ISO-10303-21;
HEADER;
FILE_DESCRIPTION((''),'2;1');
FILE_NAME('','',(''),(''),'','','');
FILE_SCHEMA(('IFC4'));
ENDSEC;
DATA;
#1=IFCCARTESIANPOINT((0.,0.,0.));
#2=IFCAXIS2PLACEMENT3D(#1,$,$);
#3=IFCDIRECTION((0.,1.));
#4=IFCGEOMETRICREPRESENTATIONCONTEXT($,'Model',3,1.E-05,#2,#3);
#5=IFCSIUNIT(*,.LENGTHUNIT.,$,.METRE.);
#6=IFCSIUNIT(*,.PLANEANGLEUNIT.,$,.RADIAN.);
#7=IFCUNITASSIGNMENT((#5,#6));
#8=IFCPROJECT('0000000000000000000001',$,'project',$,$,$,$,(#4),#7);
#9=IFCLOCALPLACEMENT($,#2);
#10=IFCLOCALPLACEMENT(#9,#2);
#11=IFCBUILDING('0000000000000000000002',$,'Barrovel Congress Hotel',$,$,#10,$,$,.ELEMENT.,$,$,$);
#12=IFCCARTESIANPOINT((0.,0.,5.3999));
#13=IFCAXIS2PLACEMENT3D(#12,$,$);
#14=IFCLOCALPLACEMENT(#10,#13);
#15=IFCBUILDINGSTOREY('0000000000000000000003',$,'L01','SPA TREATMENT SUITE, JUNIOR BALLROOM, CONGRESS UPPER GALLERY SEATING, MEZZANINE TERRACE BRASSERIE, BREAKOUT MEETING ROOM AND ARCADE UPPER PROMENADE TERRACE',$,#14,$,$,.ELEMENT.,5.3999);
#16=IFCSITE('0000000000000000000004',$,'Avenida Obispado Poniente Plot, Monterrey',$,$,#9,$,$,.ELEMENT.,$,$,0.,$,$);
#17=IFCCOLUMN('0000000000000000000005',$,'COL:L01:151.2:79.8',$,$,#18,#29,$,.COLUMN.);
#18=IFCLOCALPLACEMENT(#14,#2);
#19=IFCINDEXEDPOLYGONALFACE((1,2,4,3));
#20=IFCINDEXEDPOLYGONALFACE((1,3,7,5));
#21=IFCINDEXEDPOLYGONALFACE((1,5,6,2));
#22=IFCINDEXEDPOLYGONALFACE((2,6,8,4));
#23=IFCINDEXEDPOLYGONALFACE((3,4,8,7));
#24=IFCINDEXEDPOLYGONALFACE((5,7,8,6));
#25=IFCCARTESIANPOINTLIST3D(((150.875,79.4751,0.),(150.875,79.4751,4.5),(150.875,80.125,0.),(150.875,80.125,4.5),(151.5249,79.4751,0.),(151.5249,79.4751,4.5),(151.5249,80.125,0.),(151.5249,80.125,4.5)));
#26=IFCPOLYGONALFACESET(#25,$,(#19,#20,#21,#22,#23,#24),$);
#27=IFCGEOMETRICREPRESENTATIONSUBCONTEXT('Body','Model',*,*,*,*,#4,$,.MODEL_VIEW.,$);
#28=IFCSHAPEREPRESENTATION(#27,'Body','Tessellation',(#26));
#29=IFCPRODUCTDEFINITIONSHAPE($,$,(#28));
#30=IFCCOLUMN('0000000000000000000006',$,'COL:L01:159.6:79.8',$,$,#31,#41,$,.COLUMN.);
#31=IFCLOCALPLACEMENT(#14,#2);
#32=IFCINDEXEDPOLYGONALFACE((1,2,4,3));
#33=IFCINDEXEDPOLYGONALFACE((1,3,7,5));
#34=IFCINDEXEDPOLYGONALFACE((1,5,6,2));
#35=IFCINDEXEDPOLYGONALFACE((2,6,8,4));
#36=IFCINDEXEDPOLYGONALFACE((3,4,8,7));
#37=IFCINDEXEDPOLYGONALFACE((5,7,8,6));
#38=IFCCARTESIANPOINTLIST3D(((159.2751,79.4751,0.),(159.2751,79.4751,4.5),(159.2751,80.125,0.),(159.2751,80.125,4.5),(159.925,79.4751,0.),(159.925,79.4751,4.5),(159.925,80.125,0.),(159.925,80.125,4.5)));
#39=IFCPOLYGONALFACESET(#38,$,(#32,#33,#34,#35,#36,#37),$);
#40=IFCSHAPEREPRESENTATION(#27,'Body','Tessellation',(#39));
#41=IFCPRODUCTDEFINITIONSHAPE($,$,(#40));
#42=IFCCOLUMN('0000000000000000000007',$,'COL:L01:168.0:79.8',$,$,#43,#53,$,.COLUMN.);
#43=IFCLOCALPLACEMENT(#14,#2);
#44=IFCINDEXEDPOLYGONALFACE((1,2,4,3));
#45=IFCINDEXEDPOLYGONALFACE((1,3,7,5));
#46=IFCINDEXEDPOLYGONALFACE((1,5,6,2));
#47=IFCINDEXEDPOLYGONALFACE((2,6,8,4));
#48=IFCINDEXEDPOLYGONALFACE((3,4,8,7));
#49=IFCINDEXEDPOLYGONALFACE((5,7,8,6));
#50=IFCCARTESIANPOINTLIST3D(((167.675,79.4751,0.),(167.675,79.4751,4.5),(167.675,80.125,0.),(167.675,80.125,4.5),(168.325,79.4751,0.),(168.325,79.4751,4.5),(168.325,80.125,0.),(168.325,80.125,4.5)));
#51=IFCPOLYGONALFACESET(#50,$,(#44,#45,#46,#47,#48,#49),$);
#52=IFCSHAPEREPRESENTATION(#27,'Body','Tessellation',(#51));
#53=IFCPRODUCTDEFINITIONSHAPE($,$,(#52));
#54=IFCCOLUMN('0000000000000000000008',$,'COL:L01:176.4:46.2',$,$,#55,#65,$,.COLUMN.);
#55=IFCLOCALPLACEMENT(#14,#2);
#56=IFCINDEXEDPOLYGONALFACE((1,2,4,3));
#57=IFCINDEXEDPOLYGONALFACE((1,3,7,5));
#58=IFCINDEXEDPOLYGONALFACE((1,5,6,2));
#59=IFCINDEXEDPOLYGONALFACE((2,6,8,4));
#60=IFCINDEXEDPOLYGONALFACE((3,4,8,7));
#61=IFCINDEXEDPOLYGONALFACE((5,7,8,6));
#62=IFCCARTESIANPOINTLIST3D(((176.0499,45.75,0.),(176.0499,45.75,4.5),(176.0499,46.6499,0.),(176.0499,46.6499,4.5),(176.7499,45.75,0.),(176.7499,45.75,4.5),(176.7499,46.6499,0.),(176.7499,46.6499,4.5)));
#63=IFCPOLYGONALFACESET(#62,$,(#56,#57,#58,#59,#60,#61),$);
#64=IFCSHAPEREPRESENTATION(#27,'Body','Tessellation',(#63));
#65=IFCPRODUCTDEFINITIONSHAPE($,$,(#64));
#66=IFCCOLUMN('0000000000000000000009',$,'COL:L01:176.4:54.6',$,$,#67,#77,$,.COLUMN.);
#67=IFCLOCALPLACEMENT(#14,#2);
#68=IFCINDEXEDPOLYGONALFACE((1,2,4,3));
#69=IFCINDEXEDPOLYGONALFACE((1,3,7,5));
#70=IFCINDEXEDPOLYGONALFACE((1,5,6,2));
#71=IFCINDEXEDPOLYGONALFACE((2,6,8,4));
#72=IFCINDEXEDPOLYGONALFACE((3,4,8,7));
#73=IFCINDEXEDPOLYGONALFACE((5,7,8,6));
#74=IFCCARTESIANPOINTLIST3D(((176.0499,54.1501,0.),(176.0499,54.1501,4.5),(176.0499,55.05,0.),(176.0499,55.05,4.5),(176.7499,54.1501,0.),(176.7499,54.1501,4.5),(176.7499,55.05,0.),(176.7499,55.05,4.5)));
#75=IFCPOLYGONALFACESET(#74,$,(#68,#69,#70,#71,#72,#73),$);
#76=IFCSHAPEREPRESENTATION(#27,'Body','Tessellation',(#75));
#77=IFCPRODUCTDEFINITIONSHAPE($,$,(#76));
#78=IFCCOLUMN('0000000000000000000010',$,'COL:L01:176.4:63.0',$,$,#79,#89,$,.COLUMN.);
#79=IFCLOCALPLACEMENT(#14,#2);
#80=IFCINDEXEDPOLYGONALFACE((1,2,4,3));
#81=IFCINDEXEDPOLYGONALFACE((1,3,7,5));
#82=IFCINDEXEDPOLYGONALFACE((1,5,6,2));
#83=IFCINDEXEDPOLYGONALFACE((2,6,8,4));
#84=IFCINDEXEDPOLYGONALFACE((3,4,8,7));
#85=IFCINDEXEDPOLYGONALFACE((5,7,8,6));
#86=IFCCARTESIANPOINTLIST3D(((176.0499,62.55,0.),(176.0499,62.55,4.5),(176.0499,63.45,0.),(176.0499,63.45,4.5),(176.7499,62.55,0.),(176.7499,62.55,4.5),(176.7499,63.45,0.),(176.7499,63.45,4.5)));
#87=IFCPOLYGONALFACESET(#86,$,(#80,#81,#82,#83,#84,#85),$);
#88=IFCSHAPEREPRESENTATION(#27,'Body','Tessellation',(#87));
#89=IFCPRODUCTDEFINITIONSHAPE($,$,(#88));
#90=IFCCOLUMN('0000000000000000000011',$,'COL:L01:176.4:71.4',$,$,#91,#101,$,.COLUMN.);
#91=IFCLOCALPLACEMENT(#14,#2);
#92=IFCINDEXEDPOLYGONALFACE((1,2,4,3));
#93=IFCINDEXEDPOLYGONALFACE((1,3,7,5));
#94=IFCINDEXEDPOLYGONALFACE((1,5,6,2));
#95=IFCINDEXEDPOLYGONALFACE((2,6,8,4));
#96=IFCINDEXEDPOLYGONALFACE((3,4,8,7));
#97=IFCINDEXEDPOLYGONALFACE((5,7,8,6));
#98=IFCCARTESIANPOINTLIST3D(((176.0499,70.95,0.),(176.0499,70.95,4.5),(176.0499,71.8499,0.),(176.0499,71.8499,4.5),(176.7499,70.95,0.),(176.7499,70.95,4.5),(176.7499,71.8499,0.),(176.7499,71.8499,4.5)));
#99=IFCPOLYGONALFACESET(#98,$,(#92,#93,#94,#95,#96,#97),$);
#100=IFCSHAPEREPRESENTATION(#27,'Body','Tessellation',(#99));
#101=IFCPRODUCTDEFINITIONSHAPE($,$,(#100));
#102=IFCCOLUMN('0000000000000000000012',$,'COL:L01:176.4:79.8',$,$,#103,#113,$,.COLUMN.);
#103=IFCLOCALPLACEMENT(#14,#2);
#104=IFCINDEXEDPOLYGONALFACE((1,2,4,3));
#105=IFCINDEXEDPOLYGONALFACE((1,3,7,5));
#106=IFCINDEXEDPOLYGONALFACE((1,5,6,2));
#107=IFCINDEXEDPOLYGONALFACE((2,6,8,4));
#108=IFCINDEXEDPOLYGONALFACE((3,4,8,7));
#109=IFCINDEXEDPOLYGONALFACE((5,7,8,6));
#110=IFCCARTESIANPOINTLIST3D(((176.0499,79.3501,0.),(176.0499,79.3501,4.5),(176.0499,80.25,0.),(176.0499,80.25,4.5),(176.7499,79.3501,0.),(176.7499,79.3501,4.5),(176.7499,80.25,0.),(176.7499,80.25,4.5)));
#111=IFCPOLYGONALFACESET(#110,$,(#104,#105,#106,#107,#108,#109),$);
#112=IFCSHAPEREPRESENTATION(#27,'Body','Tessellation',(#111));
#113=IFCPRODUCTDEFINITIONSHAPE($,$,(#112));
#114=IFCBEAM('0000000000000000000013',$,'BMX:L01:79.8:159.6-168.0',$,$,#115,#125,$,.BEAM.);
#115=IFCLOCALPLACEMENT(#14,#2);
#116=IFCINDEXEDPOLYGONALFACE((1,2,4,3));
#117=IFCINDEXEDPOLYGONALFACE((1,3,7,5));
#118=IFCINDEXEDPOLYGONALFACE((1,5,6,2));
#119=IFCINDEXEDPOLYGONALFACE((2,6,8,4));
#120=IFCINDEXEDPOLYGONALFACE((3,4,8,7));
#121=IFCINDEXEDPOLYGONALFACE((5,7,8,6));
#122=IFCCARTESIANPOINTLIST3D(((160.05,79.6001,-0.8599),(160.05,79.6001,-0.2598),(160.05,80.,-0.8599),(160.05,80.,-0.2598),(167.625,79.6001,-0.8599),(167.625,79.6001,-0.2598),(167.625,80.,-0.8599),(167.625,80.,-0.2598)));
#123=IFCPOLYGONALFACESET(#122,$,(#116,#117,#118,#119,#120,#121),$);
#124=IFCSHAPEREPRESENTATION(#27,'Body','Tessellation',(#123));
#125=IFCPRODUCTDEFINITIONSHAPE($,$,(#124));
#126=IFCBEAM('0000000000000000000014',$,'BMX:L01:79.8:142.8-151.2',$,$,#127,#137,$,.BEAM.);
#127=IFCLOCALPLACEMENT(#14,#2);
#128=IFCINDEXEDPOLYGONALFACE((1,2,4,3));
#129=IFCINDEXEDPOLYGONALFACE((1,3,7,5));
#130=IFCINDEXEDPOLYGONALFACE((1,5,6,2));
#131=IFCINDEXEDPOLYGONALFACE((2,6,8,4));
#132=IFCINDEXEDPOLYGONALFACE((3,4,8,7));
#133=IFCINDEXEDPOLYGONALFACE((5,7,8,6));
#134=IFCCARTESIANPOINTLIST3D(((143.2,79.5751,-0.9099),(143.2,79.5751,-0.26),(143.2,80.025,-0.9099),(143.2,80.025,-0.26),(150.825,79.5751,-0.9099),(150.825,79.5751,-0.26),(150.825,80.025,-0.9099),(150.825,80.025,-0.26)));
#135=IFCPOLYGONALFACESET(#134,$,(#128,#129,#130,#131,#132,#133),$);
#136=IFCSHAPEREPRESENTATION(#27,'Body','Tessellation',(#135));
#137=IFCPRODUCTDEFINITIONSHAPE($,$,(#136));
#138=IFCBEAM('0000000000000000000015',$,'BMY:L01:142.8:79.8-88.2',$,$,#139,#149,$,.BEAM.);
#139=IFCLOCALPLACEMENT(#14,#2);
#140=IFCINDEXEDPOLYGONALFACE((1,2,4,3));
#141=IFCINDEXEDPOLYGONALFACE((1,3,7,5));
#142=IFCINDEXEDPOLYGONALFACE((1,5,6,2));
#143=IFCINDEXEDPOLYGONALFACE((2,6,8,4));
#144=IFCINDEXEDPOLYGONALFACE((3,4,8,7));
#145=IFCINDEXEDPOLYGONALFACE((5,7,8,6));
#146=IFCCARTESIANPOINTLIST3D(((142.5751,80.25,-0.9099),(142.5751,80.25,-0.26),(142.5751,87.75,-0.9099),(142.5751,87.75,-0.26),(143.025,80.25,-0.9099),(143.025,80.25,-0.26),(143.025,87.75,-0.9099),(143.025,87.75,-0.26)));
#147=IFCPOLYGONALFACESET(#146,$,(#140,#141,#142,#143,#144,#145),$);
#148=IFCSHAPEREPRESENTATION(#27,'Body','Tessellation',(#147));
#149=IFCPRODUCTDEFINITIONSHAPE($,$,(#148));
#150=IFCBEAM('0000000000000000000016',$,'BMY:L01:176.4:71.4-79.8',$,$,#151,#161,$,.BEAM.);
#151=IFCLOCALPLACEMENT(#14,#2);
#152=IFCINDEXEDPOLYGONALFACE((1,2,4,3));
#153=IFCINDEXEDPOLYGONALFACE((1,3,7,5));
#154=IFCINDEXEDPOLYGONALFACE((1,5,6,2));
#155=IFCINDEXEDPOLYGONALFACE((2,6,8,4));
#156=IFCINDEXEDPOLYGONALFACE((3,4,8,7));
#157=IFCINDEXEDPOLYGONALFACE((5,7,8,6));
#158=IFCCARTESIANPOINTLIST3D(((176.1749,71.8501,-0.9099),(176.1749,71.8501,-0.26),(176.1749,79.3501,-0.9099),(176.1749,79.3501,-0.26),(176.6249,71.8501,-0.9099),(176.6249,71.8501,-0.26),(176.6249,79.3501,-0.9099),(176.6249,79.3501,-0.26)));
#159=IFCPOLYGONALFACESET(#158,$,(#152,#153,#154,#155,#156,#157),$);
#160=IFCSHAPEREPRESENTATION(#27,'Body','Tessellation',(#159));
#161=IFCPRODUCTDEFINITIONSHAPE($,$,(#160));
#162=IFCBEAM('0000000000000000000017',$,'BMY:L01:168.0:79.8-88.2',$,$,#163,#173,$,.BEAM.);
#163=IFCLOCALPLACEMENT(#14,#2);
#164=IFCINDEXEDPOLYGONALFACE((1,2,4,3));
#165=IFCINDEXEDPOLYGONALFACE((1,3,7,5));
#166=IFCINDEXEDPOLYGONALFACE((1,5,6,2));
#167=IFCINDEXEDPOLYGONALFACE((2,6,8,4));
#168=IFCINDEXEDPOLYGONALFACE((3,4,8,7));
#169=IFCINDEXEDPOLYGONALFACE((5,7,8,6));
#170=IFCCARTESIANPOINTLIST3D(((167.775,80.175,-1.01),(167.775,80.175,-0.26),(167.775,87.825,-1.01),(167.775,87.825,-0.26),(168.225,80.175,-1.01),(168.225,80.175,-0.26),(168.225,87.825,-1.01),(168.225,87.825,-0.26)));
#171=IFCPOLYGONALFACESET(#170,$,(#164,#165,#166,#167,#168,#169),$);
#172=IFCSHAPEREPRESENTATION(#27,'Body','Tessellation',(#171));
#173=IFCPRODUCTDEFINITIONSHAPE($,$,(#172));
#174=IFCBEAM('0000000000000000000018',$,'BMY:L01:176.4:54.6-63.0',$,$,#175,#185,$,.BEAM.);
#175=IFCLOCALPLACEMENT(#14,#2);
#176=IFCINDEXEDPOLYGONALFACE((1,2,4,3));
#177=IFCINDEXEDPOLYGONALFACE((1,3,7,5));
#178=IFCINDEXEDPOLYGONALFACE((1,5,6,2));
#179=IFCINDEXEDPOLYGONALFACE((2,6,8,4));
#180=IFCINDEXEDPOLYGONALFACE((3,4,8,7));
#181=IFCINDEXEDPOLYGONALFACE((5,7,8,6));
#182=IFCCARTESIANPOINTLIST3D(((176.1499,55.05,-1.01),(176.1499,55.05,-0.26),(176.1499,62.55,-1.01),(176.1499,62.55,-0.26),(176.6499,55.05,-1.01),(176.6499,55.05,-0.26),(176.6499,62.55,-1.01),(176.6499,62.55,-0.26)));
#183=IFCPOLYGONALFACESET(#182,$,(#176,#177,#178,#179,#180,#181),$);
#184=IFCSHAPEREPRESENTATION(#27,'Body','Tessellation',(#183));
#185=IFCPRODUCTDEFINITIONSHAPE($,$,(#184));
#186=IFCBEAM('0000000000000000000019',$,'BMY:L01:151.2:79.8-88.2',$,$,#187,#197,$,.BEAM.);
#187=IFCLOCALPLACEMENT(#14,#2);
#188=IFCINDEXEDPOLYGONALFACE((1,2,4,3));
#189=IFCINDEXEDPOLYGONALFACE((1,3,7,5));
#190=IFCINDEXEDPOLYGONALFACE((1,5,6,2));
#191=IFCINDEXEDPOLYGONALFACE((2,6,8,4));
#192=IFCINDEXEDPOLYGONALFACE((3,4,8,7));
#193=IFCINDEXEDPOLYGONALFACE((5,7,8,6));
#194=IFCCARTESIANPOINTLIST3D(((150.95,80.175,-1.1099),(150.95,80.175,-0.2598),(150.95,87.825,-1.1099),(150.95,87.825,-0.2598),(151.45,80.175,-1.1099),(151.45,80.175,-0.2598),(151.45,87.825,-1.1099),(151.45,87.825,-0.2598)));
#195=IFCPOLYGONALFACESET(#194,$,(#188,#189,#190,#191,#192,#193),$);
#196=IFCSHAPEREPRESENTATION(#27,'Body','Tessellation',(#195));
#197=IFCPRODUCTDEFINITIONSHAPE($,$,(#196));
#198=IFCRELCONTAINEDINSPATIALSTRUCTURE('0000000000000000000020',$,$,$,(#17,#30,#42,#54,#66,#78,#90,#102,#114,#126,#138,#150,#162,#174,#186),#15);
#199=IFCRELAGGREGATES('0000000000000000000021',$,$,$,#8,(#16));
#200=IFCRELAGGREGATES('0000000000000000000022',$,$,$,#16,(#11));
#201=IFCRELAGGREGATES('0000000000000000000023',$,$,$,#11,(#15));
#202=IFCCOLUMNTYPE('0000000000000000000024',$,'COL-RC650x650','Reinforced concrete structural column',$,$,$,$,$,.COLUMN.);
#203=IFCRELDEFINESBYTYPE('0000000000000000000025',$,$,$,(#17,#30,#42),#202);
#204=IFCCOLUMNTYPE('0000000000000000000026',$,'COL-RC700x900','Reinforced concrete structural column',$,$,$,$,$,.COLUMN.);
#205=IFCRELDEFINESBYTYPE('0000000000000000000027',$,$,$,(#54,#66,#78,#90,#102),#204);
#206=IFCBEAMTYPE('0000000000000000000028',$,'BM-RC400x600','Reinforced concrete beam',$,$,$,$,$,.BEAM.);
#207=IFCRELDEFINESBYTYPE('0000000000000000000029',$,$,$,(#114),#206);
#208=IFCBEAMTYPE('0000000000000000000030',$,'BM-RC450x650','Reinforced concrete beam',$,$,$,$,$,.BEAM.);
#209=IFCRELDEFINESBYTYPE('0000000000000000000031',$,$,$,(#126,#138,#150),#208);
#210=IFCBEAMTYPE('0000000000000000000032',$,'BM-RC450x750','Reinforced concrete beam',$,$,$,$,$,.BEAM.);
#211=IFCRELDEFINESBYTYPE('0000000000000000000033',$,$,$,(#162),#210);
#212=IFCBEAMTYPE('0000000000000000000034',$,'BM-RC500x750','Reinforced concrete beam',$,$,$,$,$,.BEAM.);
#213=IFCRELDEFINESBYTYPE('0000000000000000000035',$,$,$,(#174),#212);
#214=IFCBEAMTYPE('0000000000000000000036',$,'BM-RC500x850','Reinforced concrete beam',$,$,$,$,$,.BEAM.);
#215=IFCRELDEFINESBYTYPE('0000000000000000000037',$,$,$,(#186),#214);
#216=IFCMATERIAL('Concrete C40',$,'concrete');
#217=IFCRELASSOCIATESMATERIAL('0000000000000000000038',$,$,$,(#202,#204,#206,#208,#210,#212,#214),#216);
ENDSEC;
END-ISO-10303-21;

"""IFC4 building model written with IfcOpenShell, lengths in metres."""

from ifc_helpers import new_model, si_unit, direction, frame, origin, origin_2d, place, context, subcontext, project, spatial, rectangle, extrude, material, material_profile, profile_set, type_object, element, save


model = new_model("IFC4")

# Units and contexts
model_context = context("Model", 3, precision=1e-05, world=origin(), true_north=direction((0.0, 1.0)))
body_context = subcontext(model_context, "Body", "Model", "MODEL_VIEW")
ifc_project = project(units=[si_unit("LENGTHUNIT", "METRE"), si_unit("PLANEANGLEUNIT", "RADIAN")], contexts=[model_context])

# Site, building, storey
site_placement = place(None, origin())
site = spatial("IfcSite", under=ifc_project, at=site_placement, Name="Avenida Obispado Poniente Plot, Monterrey", CompositionType="ELEMENT", RefElevation=0.0)
building_placement = place(site_placement, origin())
building = spatial("IfcBuilding", under=site, at=building_placement, Name="Barrovel Congress Hotel", CompositionType="ELEMENT")
storey_placement = place(building_placement, frame((0.0, 0.0, 5.3999)))
storey = spatial("IfcBuildingStorey", under=building, at=storey_placement, Name="L01", Description="SPA TREATMENT SUITE, JUNIOR BALLROOM, CONGRESS UPPER GALLERY SEATING, MEZZANINE TERRACE BRASSERIE, BREAKOUT MEETING ROOM AND ARCADE UPPER PROMENADE TERRACE", CompositionType="ELEMENT", Elevation=5.3999)

# Columns
ifc_material_1 = material(Name="Concrete C40", Category="concrete")
ifc_material_profile_1 = material_profile(ifc_material_1, rectangle(XDim=0.6499, YDim=0.6499, at=origin_2d()), Name="RC650x650")
ifc_profile_set_1 = profile_set([ifc_material_profile_1], Name="Concrete C40")
column_type_1 = type_object("IfcColumnType", Name="COL-RC650x650", Description="Reinforced concrete structural column", PredefinedType="COLUMN", material=ifc_profile_set_1)
for number, where, z_axis, x_axis, name in (
    (1, (151.2, 79.8, 0.0), (0.0, 0.0, 1.0), (1.0, 0.0, 0.0), "COL:L01:151.2:79.8"),
    (2, (159.6001, 79.8, 0.0), (0.0, 0.0, 1.0), (1.0, 0.0, 0.0), "COL:L01:159.6:79.8"),
    (3, (168.0, 79.8, 0.0), (0.0, 0.0, 1.0), (1.0, 0.0, 0.0), "COL:L01:168.0:79.8"),
):
    element("IfcColumn", number, at=place(storey_placement, frame(where, z_axis=z_axis, x_axis=x_axis)), inside=storey, type_object=column_type_1, Name=name, PredefinedType="COLUMN", context=body_context, shape_type="SweptSolid", body=[
        extrude(rectangle(XDim=0.6499, YDim=0.6499, at=origin_2d()), origin(), (0.0, 0.0, 1.0), 4.5),
    ])
ifc_material_profile_2 = material_profile(ifc_material_1, rectangle(XDim=0.7, YDim=0.8999, at=origin_2d()), Name="RC700x900")
ifc_profile_set_2 = profile_set([ifc_material_profile_2], Name="Concrete C40")
column_type_2 = type_object("IfcColumnType", Name="COL-RC700x900", Description="Reinforced concrete structural column", PredefinedType="COLUMN", material=ifc_profile_set_2)
for number, where, z_axis, x_axis, name in (
    (4, (176.3999, 46.2, 0.0), (0.0, 0.0, 1.0), (1.0, 0.0, 0.0), "COL:L01:176.4:46.2"),
    (5, (176.3999, 54.6001, 0.0), (0.0, 0.0, 1.0), (1.0, 0.0, 0.0), "COL:L01:176.4:54.6"),
    (6, (176.3999, 63.0, 0.0), (0.0, 0.0, 1.0), (1.0, 0.0, 0.0), "COL:L01:176.4:63.0"),
    (7, (176.3999, 71.3999, 0.0), (0.0, 0.0, 1.0), (1.0, 0.0, 0.0), "COL:L01:176.4:71.4"),
    (8, (176.3999, 79.8, 0.0), (0.0, 0.0, 1.0), (1.0, 0.0, 0.0), "COL:L01:176.4:79.8"),
):
    element("IfcColumn", number, at=place(storey_placement, frame(where, z_axis=z_axis, x_axis=x_axis)), inside=storey, type_object=column_type_2, Name=name, PredefinedType="COLUMN", context=body_context, shape_type="SweptSolid", body=[
        extrude(rectangle(XDim=0.7, YDim=0.8999, at=origin_2d()), origin(), (0.0, 0.0, 1.0), 4.5),
    ])

# Beams
ifc_material_profile_3 = material_profile(ifc_material_1, rectangle(XDim=0.3999, YDim=0.6001, at=origin_2d()), Name="RC400x600")
ifc_profile_set_3 = profile_set([ifc_material_profile_3], Name="Concrete C40")
beam_type_1 = type_object("IfcBeamType", Name="BM-RC400x600", Description="Reinforced concrete beam", PredefinedType="BEAM", material=ifc_profile_set_3)
beam_1_placement = place(storey_placement, frame((160.05, 79.8, -0.5598), z_axis=(1.0, 0.0, 0.0), x_axis=(0.0, 1.0, 0.0)))
element("IfcBeam", 9, at=beam_1_placement, inside=storey, type_object=beam_type_1, Name="BMX:L01:79.8:159.6-168.0", PredefinedType="BEAM", context=body_context, shape_type="SweptSolid", body=[
    extrude(rectangle(XDim=0.3999, YDim=0.6001, at=origin_2d()), origin(), (0.0, 0.0, 1.0), 7.575),
])
ifc_material_profile_4 = material_profile(ifc_material_1, rectangle(XDim=0.45, YDim=0.6499, at=origin_2d()), Name="RC450x650")
ifc_profile_set_4 = profile_set([ifc_material_profile_4], Name="Concrete C40")
beam_type_2 = type_object("IfcBeamType", Name="BM-RC450x650", Description="Reinforced concrete beam", PredefinedType="BEAM", material=ifc_profile_set_4)
beam_2_placement = place(storey_placement, frame((143.2, 79.8, -0.585), z_axis=(1.0, 0.0, 0.0), x_axis=(0.0, 1.0, 0.0)))
element("IfcBeam", 10, at=beam_2_placement, inside=storey, type_object=beam_type_2, Name="BMX:L01:79.8:142.8-151.2", PredefinedType="BEAM", context=body_context, shape_type="SweptSolid", body=[
    extrude(rectangle(XDim=0.45, YDim=0.6499, at=origin_2d()), origin(), (0.0, 0.0, 1.0), 7.625),
])
for number, where, z_axis, x_axis, name in (
    (11, (142.8, 80.25, -0.585), (0.0, 1.0, 0.0), (-1.0, 0.0, 0.0), "BMY:L01:142.8:79.8-88.2"),
    (12, (176.3999, 71.8501, -0.585), (0.0, 1.0, 0.0), (-1.0, 0.0, 0.0), "BMY:L01:176.4:71.4-79.8"),
):
    element("IfcBeam", number, at=place(storey_placement, frame(where, z_axis=z_axis, x_axis=x_axis)), inside=storey, type_object=beam_type_2, Name=name, PredefinedType="BEAM", context=body_context, shape_type="SweptSolid", body=[
        extrude(rectangle(XDim=0.45, YDim=0.6499, at=origin_2d()), origin(), (0.0, 0.0, 1.0), 7.5),
    ])
ifc_material_profile_5 = material_profile(ifc_material_1, rectangle(XDim=0.45, YDim=0.75, at=origin_2d()), Name="RC450x750")
ifc_profile_set_5 = profile_set([ifc_material_profile_5], Name="Concrete C40")
beam_type_3 = type_object("IfcBeamType", Name="BM-RC450x750", Description="Reinforced concrete beam", PredefinedType="BEAM", material=ifc_profile_set_5)
beam_3_placement = place(storey_placement, frame((168.0, 80.175, -0.635), z_axis=(0.0, 1.0, 0.0), x_axis=(-1.0, 0.0, 0.0)))
element("IfcBeam", 13, at=beam_3_placement, inside=storey, type_object=beam_type_3, Name="BMY:L01:168.0:79.8-88.2", PredefinedType="BEAM", context=body_context, shape_type="SweptSolid", body=[
    extrude(rectangle(XDim=0.45, YDim=0.75, at=origin_2d()), origin(), (0.0, 0.0, 1.0), 7.6499),
])
ifc_material_profile_6 = material_profile(ifc_material_1, rectangle(XDim=0.5, YDim=0.75, at=origin_2d()), Name="RC500x750")
ifc_profile_set_6 = profile_set([ifc_material_profile_6], Name="Concrete C40")
beam_type_4 = type_object("IfcBeamType", Name="BM-RC500x750", Description="Reinforced concrete beam", PredefinedType="BEAM", material=ifc_profile_set_6)
beam_4_placement = place(storey_placement, frame((176.3999, 55.05, -0.635), z_axis=(0.0, 1.0, 0.0), x_axis=(-1.0, 0.0, 0.0)))
element("IfcBeam", 14, at=beam_4_placement, inside=storey, type_object=beam_type_4, Name="BMY:L01:176.4:54.6-63.0", PredefinedType="BEAM", context=body_context, shape_type="SweptSolid", body=[
    extrude(rectangle(XDim=0.5, YDim=0.75, at=origin_2d()), origin(), (0.0, 0.0, 1.0), 7.5),
])
ifc_material_profile_7 = material_profile(ifc_material_1, rectangle(XDim=0.5, YDim=0.8501, at=origin_2d()), Name="RC500x850")
ifc_profile_set_7 = profile_set([ifc_material_profile_7], Name="Concrete C40")
beam_type_5 = type_object("IfcBeamType", Name="BM-RC500x850", Description="Reinforced concrete beam", PredefinedType="BEAM", material=ifc_profile_set_7)
beam_5_placement = place(storey_placement, frame((151.2, 80.175, -0.6848), z_axis=(0.0, 1.0, 0.0), x_axis=(-1.0, 0.0, 0.0)))
element("IfcBeam", 15, at=beam_5_placement, inside=storey, type_object=beam_type_5, Name="BMY:L01:151.2:79.8-88.2", PredefinedType="BEAM", context=body_context, shape_type="SweptSolid", body=[
    extrude(rectangle(XDim=0.5, YDim=0.8501, at=origin_2d()), origin(), (0.0, 0.0, 1.0), 7.6499),
])

save(model, "model.ifc")
